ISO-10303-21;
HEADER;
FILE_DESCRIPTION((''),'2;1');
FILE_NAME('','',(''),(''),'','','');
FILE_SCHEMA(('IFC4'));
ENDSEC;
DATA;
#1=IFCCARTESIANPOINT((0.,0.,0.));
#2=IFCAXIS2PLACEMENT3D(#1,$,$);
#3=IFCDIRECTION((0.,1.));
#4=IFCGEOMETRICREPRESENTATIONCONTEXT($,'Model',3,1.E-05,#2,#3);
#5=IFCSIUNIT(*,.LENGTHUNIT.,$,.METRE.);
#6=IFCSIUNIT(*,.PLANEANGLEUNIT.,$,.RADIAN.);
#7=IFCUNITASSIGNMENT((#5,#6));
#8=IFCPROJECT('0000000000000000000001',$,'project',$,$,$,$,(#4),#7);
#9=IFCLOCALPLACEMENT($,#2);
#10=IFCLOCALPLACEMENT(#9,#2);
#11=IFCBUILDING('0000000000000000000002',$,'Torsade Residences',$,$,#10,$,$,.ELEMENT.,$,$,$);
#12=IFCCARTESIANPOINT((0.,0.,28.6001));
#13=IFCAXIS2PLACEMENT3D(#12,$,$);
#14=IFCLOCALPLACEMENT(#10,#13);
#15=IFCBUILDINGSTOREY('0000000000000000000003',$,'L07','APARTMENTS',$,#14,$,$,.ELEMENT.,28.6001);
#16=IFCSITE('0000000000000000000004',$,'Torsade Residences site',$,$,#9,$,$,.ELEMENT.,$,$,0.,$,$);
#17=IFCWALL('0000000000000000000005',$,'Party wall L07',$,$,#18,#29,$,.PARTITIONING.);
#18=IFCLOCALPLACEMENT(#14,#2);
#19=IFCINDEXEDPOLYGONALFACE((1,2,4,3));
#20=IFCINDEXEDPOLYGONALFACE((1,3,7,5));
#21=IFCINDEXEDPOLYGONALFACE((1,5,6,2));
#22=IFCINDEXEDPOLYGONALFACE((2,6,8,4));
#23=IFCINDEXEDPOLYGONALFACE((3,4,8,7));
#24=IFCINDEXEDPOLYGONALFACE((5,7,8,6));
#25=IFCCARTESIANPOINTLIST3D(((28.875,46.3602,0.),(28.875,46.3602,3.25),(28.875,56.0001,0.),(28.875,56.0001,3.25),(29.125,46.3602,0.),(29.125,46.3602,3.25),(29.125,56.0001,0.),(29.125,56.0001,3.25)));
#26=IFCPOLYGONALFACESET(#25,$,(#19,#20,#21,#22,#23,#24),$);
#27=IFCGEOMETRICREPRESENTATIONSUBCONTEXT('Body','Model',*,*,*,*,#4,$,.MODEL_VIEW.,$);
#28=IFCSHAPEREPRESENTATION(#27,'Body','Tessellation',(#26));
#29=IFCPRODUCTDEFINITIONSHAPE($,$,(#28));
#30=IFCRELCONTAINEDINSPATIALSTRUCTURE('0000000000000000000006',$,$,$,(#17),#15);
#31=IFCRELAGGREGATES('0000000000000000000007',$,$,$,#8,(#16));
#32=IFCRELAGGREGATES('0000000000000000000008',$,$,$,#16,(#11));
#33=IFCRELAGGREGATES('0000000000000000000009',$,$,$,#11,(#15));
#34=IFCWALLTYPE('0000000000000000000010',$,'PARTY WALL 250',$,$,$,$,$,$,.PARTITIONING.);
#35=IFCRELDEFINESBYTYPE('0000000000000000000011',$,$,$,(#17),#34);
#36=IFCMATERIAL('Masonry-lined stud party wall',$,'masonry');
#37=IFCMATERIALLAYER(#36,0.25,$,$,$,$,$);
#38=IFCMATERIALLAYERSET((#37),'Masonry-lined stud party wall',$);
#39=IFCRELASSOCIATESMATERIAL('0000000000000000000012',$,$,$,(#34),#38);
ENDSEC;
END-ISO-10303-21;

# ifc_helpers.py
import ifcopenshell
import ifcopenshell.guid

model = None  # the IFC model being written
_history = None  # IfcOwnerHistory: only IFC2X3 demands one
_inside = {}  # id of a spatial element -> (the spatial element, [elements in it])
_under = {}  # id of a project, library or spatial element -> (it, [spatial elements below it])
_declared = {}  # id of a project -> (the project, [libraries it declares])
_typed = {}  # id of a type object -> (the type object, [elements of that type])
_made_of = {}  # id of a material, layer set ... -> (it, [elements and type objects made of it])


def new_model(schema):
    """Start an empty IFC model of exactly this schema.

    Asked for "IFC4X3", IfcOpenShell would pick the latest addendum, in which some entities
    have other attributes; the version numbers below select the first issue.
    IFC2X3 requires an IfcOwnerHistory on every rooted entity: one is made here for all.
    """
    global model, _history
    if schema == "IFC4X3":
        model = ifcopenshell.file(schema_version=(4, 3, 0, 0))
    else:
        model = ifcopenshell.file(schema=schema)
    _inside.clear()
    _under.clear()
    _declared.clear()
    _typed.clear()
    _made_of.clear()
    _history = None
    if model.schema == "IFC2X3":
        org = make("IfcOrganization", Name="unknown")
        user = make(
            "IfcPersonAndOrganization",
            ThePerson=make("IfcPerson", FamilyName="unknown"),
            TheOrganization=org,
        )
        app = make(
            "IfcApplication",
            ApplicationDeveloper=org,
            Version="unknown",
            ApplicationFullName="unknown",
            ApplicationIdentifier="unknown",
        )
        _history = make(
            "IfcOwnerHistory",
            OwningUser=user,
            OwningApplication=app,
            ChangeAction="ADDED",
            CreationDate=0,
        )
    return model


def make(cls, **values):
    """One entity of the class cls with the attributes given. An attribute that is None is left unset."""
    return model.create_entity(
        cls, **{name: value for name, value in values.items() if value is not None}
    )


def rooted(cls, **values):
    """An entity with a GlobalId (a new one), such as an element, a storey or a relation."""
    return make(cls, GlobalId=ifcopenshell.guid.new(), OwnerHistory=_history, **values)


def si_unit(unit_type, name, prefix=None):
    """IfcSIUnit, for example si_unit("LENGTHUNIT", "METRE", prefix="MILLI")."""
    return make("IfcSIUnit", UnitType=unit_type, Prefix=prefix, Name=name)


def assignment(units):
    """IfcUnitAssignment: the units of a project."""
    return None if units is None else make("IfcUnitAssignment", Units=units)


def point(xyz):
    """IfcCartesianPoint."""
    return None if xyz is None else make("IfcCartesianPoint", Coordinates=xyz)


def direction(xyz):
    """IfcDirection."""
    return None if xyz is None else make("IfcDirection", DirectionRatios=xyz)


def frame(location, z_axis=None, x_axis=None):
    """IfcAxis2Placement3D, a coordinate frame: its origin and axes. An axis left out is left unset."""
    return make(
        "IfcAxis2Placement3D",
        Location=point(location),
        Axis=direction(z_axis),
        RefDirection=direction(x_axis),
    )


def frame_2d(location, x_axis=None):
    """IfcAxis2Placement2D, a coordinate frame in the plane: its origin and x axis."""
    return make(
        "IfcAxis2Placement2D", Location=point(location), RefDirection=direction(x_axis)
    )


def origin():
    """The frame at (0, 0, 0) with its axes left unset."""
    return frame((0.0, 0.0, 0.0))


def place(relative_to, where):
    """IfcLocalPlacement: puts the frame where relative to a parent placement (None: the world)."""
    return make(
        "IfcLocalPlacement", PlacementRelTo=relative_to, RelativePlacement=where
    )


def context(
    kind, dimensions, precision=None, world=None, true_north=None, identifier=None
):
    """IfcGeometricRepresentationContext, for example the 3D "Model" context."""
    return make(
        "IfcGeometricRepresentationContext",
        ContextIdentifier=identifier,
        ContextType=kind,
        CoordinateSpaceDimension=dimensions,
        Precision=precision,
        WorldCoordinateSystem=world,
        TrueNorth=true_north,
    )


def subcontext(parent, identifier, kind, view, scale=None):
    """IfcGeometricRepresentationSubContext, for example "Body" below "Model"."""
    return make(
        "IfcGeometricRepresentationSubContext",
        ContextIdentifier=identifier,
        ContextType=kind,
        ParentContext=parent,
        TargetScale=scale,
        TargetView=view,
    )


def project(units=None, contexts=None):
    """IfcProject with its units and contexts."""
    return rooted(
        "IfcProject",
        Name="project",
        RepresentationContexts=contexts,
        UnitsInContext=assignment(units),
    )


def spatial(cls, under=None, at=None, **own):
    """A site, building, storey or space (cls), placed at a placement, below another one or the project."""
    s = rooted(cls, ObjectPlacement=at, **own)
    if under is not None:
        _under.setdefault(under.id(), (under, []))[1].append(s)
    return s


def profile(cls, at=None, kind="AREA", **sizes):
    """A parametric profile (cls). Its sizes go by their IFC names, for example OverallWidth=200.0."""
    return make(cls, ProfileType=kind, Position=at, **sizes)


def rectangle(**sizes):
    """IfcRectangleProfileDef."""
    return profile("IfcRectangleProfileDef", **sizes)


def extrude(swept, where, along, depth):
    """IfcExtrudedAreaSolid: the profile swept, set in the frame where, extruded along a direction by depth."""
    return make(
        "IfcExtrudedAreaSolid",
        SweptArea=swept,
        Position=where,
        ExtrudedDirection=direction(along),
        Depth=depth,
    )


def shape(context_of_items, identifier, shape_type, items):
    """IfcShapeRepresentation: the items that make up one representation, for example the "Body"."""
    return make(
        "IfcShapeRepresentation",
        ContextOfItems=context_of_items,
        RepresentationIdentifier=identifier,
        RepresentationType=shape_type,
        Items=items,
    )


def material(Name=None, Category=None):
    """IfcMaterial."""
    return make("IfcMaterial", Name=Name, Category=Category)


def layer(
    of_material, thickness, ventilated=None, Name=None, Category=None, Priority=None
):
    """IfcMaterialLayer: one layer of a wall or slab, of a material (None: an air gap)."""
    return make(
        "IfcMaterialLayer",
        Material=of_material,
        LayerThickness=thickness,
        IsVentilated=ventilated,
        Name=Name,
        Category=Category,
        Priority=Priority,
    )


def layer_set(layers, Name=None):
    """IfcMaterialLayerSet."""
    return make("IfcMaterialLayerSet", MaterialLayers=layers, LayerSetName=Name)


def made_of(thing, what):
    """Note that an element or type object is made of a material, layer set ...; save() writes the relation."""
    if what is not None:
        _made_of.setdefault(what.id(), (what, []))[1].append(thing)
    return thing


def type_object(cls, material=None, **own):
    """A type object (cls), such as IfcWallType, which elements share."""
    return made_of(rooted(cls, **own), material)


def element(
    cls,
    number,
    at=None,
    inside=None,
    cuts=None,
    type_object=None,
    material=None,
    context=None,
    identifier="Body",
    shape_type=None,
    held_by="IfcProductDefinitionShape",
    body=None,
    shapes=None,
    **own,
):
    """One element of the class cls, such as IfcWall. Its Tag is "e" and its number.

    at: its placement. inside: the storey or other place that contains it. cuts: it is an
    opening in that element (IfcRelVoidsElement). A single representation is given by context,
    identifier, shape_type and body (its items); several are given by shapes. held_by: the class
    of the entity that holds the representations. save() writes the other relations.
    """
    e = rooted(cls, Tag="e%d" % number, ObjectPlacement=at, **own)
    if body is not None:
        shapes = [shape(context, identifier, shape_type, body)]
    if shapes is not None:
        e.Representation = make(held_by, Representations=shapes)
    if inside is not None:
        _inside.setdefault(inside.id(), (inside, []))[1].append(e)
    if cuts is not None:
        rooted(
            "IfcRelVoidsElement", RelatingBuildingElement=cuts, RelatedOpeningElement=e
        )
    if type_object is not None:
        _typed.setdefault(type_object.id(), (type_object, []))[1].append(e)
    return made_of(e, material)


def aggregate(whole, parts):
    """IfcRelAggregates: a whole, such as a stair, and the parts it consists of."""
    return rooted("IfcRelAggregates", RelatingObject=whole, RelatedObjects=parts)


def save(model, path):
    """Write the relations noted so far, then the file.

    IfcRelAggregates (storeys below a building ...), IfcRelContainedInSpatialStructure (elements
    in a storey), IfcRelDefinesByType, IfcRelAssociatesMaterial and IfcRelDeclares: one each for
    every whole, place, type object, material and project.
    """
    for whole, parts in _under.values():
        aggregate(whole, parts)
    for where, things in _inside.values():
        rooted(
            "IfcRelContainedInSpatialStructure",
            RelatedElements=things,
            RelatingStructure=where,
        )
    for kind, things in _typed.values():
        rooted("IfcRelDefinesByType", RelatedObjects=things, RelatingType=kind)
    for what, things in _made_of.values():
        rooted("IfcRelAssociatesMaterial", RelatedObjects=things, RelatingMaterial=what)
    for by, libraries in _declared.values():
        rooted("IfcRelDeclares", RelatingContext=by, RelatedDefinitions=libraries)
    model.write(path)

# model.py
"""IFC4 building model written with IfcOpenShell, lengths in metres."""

from ifc_helpers import new_model, si_unit, direction, frame, frame_2d, origin, place, context, subcontext, project, spatial, rectangle, extrude, material, layer, layer_set, type_object, element, save


model = new_model("IFC4")

# Units and contexts
model_context = context("Model", 3, precision=1e-05, world=origin(), true_north=direction((0.0, 1.0)))
body_context = subcontext(model_context, "Body", "Model", "MODEL_VIEW")
ifc_project = project(units=[si_unit("LENGTHUNIT", "METRE"), si_unit("PLANEANGLEUNIT", "RADIAN")], contexts=[model_context])

# Site, building, storey
site_placement = place(None, origin())
site = spatial("IfcSite", under=ifc_project, at=site_placement, Name="Torsade Residences site", CompositionType="ELEMENT", RefElevation=0.0)
building_placement = place(site_placement, origin())
building = spatial("IfcBuilding", under=site, at=building_placement, Name="Torsade Residences", CompositionType="ELEMENT")
storey_placement = place(building_placement, frame((0.0, 0.0, 28.6001)))
storey = spatial("IfcBuildingStorey", under=building, at=storey_placement, Name="L07", Description="APARTMENTS", CompositionType="ELEMENT", Elevation=28.6001)

# Wall
ifc_material_1 = material(Name="Masonry-lined stud party wall", Category="masonry")
ifc_layer_1 = layer(ifc_material_1, 0.25)
ifc_layer_set_1 = layer_set([ifc_layer_1], Name="Masonry-lined stud party wall")
wall_type_1 = type_object("IfcWallType", Name="PARTY WALL 250", PredefinedType="PARTITIONING", material=ifc_layer_set_1)
wall_1_placement = place(storey_placement, frame((29.0, 56.0, 0.0), z_axis=(0.0, 0.0, 1.0), x_axis=(0.0, -1.0, 0.0)))
element("IfcWall", 1, at=wall_1_placement, inside=storey, type_object=wall_type_1, Name="Party wall L07", PredefinedType="PARTITIONING", context=body_context, shape_type="SweptSolid", body=[
    extrude(rectangle(XDim=9.6399, YDim=0.25, at=frame_2d((4.8198, 0.0))), origin(), (0.0, 0.0, 1.0), 3.25),
])

save(model, "model.ifc")
